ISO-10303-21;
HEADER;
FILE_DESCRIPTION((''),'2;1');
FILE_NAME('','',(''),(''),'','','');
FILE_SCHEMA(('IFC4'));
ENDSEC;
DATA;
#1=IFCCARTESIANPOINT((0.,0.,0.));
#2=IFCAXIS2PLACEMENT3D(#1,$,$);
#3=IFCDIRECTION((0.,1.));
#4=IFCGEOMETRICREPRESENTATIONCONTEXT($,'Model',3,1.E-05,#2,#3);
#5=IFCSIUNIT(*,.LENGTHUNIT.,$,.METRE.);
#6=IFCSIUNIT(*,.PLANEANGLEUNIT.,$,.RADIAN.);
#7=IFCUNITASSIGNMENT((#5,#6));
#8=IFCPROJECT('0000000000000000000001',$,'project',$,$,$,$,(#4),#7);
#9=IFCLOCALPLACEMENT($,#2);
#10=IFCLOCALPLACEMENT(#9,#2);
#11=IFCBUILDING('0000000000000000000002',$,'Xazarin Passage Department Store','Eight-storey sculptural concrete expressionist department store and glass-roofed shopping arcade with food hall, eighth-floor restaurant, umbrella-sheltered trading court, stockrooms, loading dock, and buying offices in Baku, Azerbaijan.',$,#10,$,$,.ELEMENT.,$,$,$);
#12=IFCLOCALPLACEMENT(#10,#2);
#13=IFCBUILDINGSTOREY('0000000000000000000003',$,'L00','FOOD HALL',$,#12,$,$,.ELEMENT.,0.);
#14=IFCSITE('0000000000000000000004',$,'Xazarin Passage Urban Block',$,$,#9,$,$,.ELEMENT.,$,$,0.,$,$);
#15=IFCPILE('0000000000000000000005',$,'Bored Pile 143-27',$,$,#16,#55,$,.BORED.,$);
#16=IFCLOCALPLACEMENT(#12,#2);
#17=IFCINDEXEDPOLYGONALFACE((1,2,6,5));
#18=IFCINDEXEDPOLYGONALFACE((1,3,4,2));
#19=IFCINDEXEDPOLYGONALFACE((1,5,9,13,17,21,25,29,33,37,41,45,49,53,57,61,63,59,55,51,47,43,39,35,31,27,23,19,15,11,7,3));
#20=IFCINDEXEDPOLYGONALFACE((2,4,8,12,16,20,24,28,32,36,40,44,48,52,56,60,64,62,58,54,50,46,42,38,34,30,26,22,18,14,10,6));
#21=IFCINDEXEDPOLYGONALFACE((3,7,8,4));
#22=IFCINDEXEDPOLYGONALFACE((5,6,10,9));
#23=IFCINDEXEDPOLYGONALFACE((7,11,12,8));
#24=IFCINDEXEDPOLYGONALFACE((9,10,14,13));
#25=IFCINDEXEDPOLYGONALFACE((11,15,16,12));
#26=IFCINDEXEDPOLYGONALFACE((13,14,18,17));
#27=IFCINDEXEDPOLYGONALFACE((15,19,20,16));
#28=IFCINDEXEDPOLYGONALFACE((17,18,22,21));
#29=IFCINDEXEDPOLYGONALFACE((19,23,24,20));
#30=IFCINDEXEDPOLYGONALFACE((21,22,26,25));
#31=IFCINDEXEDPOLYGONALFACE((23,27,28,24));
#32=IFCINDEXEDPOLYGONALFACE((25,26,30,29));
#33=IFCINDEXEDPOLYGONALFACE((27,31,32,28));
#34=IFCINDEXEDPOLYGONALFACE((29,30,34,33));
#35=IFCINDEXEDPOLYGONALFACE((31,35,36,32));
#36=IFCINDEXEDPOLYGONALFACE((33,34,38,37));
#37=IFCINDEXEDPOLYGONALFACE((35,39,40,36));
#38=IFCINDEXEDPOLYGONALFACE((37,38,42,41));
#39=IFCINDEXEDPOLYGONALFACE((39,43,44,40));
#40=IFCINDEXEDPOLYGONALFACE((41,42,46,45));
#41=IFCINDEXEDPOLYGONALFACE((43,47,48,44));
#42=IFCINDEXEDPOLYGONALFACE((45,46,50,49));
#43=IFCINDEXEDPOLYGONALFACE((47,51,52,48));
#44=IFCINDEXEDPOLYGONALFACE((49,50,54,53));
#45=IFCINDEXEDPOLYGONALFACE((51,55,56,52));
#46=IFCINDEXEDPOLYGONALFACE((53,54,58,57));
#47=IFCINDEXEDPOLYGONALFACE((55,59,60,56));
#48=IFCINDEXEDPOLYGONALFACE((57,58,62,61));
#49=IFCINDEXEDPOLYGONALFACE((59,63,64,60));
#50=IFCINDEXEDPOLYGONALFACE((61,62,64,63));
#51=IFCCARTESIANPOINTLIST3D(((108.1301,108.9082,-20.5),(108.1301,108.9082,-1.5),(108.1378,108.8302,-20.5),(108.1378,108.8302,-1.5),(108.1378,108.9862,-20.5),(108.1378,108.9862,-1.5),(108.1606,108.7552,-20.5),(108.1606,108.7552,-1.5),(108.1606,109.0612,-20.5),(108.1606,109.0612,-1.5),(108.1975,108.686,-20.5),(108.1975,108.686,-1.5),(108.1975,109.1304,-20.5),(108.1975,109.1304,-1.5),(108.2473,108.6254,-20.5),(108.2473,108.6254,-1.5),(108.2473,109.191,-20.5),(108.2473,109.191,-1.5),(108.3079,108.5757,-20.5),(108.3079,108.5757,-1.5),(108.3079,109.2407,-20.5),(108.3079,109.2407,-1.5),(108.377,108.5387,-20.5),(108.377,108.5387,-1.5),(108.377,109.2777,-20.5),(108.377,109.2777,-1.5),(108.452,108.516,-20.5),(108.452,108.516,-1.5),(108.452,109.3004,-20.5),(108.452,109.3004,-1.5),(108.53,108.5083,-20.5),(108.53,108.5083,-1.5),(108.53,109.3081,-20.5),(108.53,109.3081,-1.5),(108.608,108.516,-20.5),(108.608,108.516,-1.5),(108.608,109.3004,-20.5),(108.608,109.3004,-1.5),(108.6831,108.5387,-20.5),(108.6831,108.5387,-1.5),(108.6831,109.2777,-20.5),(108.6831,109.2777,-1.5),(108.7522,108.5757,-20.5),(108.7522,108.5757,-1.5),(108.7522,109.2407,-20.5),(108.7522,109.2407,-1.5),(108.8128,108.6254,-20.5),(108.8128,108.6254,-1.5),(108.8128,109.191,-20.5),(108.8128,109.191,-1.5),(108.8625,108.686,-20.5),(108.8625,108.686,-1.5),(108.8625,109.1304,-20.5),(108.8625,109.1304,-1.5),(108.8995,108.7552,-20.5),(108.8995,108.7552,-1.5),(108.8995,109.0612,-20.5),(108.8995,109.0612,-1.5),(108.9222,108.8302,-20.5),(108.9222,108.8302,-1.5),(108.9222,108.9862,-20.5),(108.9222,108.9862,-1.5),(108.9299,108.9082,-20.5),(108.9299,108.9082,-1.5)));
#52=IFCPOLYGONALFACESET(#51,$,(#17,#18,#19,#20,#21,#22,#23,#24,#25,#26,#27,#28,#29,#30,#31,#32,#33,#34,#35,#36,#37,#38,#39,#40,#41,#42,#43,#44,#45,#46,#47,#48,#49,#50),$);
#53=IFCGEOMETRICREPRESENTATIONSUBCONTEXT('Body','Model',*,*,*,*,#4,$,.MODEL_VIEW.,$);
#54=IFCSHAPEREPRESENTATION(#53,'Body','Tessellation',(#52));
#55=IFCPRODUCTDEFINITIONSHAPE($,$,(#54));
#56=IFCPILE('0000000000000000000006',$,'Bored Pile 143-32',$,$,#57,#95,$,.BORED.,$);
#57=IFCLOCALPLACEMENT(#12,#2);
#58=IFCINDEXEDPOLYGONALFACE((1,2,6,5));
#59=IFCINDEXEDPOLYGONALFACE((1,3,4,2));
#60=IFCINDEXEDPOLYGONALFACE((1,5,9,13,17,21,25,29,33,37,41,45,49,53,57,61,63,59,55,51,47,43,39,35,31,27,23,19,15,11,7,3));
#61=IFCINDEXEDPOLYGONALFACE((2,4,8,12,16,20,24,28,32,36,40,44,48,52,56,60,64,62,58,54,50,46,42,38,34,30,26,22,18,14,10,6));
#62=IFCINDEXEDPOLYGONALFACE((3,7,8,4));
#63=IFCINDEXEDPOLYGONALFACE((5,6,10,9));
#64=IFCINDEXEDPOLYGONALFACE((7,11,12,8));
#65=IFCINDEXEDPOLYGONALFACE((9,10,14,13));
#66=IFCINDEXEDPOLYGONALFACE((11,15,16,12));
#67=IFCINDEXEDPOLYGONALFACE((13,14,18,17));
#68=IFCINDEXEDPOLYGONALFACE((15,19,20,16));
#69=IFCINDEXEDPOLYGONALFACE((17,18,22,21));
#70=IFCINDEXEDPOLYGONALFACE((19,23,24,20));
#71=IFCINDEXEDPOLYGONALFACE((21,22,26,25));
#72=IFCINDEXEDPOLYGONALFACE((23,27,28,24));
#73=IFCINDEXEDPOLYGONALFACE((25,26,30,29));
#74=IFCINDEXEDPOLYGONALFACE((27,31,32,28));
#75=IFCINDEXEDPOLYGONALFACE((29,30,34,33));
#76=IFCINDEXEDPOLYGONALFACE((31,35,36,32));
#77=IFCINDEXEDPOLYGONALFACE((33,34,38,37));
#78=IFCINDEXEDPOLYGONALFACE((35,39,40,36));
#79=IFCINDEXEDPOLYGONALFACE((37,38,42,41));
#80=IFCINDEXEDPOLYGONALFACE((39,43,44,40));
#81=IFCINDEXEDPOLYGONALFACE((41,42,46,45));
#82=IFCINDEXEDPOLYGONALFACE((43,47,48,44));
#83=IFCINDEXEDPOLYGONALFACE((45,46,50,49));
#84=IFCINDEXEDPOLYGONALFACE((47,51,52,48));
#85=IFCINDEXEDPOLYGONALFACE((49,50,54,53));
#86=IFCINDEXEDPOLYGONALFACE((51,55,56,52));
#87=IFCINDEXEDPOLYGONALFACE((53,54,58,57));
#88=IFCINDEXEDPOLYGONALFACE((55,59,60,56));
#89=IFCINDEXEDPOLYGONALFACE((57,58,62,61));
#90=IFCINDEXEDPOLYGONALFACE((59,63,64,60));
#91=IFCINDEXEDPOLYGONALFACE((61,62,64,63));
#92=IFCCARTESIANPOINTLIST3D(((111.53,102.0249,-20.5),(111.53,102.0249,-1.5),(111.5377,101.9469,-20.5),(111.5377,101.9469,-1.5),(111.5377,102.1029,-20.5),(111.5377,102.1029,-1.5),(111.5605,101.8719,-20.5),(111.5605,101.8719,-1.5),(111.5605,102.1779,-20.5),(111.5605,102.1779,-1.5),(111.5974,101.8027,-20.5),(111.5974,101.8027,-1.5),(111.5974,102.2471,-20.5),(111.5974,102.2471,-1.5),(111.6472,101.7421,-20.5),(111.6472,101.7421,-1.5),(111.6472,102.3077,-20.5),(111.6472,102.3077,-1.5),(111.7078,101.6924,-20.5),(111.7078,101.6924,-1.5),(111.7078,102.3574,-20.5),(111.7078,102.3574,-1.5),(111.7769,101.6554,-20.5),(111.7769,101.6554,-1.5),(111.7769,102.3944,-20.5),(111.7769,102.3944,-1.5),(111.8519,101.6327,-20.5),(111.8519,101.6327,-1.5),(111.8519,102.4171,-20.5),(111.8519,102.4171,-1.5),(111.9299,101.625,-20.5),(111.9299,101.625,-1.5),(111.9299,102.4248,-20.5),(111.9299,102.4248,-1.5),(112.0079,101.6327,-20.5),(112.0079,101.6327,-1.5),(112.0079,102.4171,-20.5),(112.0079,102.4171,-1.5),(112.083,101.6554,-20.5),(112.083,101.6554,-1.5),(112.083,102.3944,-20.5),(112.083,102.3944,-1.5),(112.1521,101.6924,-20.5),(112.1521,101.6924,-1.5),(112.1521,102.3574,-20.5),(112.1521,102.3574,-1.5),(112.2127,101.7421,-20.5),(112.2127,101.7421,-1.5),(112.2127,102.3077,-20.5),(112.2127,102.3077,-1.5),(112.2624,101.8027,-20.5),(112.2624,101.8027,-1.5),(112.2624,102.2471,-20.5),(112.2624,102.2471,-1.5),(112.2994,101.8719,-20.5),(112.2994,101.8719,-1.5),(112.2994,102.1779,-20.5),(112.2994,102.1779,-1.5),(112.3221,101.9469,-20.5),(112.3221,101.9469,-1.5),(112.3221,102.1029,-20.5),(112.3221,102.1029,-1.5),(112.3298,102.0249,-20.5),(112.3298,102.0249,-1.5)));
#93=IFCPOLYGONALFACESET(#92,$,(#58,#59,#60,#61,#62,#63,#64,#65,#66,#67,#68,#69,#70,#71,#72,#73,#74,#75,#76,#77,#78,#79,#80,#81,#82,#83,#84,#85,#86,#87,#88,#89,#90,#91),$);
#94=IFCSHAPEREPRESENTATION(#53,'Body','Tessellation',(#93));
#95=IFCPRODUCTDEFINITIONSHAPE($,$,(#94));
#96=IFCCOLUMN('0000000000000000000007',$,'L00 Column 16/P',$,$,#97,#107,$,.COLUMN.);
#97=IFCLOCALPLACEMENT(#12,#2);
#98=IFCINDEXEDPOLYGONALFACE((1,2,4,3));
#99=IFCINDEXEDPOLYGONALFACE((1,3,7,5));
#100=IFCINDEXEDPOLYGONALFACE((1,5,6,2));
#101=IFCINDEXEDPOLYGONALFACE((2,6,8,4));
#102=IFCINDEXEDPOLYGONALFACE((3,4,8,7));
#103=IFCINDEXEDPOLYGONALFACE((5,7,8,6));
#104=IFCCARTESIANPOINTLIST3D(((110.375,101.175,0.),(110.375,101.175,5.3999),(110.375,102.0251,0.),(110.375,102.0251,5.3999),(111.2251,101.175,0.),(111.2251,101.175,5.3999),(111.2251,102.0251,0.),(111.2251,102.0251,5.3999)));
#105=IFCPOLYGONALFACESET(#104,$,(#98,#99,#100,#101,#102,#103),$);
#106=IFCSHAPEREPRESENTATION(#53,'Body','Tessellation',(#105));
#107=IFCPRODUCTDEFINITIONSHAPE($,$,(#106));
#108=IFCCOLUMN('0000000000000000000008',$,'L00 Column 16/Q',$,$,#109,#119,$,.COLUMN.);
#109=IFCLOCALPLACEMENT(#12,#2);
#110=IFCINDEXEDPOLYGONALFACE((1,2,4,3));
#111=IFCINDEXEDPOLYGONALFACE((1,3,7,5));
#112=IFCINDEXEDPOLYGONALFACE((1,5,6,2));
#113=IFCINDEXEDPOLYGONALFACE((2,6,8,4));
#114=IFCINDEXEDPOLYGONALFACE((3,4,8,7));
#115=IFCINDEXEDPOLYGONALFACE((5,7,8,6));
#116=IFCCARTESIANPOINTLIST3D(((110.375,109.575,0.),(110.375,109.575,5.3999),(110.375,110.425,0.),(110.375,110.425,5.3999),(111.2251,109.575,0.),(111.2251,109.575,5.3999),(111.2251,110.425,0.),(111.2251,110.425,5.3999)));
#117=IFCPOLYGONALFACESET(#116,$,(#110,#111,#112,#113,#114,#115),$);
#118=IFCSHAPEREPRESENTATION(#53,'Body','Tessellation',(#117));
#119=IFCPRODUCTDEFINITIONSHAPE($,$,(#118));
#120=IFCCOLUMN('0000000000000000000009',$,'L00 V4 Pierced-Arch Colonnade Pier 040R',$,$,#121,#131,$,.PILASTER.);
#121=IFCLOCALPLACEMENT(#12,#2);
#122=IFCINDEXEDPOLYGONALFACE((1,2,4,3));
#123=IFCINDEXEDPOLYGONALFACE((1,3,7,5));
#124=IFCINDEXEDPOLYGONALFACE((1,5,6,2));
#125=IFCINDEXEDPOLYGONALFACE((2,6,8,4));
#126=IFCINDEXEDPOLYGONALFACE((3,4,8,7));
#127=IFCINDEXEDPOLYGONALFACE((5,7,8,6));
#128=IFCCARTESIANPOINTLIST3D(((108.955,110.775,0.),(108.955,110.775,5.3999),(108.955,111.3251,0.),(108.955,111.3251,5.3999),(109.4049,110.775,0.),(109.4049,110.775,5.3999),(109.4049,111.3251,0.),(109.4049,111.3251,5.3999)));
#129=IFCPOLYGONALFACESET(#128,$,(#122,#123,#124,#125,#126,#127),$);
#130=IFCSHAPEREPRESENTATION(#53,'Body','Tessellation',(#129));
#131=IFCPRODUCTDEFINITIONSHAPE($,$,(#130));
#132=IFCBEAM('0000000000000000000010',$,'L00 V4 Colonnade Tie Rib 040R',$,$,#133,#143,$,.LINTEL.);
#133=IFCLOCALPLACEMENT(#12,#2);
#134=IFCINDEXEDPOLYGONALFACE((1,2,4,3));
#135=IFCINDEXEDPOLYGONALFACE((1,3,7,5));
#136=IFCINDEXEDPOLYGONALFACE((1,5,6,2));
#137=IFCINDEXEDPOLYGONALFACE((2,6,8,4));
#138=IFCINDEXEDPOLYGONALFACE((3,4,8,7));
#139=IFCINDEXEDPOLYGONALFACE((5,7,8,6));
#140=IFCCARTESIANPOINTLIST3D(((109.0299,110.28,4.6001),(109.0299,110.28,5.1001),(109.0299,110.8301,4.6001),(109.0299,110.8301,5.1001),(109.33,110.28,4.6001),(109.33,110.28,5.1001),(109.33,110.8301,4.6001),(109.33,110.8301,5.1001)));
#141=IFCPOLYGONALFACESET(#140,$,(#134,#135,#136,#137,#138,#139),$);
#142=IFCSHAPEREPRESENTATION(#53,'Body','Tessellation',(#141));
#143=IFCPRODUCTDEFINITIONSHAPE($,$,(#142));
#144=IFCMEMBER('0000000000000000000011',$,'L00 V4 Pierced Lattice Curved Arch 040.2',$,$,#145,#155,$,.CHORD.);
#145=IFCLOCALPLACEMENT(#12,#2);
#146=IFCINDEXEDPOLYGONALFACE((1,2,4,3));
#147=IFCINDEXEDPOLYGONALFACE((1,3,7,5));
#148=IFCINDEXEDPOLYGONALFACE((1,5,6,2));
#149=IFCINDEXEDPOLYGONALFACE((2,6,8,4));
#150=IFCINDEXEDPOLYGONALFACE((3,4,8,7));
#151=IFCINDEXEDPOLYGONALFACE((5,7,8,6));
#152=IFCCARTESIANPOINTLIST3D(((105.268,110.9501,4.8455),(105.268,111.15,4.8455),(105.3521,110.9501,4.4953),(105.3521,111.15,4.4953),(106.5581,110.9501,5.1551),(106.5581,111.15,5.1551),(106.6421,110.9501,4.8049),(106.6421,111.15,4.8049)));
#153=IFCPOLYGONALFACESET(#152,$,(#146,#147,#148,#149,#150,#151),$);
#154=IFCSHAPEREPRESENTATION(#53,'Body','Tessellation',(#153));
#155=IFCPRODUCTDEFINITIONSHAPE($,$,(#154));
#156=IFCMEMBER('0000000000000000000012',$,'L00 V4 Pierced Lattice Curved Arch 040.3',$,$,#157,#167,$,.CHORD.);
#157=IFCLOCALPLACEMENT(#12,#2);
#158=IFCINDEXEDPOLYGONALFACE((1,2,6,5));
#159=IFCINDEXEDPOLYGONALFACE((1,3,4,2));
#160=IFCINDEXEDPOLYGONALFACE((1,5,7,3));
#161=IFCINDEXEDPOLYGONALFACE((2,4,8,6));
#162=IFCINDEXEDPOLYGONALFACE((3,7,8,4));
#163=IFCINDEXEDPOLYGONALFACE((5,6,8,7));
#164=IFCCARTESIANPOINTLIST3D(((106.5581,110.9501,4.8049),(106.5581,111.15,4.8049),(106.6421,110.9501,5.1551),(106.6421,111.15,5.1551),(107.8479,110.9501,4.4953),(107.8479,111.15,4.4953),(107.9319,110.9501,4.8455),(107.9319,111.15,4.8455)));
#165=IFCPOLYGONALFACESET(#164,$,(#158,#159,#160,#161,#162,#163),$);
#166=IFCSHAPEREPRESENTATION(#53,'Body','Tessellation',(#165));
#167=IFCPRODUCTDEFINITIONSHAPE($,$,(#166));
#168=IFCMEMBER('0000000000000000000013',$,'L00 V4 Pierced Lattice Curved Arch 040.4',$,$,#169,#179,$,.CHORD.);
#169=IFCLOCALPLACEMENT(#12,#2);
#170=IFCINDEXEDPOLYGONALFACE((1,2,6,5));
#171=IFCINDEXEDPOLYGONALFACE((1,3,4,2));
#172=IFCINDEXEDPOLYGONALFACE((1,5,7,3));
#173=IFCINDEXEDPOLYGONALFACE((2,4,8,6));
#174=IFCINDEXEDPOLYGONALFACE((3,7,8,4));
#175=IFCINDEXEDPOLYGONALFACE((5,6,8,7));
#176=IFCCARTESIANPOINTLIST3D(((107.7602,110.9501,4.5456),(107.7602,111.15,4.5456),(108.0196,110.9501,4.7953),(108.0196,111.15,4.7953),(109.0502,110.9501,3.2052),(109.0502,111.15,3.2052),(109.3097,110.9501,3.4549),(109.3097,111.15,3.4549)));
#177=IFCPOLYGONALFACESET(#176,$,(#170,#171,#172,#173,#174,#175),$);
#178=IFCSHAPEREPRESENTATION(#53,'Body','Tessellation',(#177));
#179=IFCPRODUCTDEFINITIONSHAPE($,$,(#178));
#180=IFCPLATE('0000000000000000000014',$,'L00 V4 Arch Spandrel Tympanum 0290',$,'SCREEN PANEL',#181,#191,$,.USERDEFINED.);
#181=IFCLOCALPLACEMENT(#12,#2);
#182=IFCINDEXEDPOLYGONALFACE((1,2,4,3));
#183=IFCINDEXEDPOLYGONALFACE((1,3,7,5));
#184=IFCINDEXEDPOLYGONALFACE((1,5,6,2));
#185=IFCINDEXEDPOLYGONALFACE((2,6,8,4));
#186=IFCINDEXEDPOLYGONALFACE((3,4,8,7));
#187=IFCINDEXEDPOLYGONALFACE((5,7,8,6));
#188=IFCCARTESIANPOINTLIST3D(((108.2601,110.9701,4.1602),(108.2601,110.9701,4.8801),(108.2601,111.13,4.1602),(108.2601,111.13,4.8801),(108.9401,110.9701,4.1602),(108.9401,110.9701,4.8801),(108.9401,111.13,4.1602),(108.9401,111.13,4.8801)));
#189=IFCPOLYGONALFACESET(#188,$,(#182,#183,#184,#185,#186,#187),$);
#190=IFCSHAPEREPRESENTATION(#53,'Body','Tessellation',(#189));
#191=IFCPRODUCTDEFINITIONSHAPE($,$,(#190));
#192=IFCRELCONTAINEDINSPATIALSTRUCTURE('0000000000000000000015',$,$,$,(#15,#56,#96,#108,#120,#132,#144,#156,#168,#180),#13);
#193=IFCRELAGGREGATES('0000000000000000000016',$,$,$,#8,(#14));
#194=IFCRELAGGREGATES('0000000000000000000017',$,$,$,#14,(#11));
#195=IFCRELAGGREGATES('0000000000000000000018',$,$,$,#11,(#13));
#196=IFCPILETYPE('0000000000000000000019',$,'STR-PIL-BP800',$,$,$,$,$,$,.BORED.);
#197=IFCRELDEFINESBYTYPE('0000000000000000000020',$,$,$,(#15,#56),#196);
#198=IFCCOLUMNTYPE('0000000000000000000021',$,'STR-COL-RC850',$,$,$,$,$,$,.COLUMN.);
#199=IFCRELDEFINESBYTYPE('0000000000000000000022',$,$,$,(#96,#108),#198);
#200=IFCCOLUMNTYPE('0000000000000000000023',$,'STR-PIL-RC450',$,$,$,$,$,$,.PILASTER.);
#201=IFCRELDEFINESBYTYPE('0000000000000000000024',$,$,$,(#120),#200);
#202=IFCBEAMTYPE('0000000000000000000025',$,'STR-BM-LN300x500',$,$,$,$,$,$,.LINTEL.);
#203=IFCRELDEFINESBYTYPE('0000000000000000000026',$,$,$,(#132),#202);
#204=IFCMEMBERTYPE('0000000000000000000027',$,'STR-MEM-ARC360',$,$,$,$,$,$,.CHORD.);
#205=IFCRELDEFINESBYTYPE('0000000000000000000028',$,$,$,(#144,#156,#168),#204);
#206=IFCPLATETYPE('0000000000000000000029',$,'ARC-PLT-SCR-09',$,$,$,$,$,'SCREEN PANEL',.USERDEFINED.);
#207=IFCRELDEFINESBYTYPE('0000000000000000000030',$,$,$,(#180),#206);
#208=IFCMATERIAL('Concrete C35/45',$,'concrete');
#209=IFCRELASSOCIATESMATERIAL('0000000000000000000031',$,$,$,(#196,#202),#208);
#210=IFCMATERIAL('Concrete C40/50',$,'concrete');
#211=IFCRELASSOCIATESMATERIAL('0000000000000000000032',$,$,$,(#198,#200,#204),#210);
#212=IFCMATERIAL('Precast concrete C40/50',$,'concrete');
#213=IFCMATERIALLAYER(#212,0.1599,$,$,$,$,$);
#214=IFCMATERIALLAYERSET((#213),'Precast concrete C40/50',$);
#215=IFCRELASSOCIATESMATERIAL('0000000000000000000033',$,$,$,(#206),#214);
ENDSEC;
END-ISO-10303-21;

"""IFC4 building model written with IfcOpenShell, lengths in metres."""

from ifc_helpers import new_model, si_unit, direction, frame, origin, origin_2d, place, context, subcontext, project, spatial, rectangle, circle, extrude, material, layer, layer_set, material_profile, profile_set, type_object, element, save


model = new_model("IFC4")

# Units and contexts
model_context = context("Model", 3, precision=1e-05, world=origin(), true_north=direction((0.0, 1.0)))
body_context = subcontext(model_context, "Body", "Model", "MODEL_VIEW")
ifc_project = project(units=[si_unit("LENGTHUNIT", "METRE"), si_unit("PLANEANGLEUNIT", "RADIAN")], contexts=[model_context])

# Site, building, storey
site_placement = place(None, origin())
site = spatial("IfcSite", under=ifc_project, at=site_placement, Name="Xazarin Passage Urban Block", CompositionType="ELEMENT", RefElevation=0.0)
building_placement = place(site_placement, origin())
building = spatial("IfcBuilding", under=site, at=building_placement, Name="Xazarin Passage Department Store", Description="Eight-storey sculptural concrete expressionist department store and glass-roofed shopping arcade with food hall, eighth-floor restaurant, umbrella-sheltered trading court, stockrooms, loading dock, and buying offices in Baku, Azerbaijan.", CompositionType="ELEMENT")
storey_placement = place(building_placement, origin())
storey = spatial("IfcBuildingStorey", under=building, at=storey_placement, Name="L00", Description="FOOD HALL", CompositionType="ELEMENT", Elevation=0.0)

# Shared definitions
ifc_material_1 = material(Name="Concrete C35/45", Category="concrete")

# Piles
ifc_material_profile_1 = material_profile(ifc_material_1, circle(Radius=0.3999, at=origin_2d()), Name="BP 800")
ifc_profile_set_1 = profile_set([ifc_material_profile_1], Name="Concrete C35/45")
pile_type_1 = type_object("IfcPileType", Name="STR-PIL-BP800", PredefinedType="BORED", material=ifc_profile_set_1)
for number, where, z_axis, x_axis, name in (
    (1, (108.53, 108.9082, -1.5), (0.0, 0.0, -1.0), (1.0, 0.0, 0.0), "Bored Pile 143-27"),
    (2, (111.9299, 102.0249, -1.5), (0.0, 0.0, -1.0), (1.0, 0.0, 0.0), "Bored Pile 143-32"),
):
    element("IfcPile", number, at=place(storey_placement, frame(where, z_axis=z_axis, x_axis=x_axis)), inside=storey, type_object=pile_type_1, Name=name, PredefinedType="BORED", context=body_context, shape_type="SweptSolid", body=[
        extrude(circle(Radius=0.3999, at=origin_2d()), origin(), (0.0, 0.0, 1.0), 19.0),
    ])

# Columns
ifc_material_2 = material(Name="Concrete C40/50", Category="concrete")
ifc_material_profile_2 = material_profile(ifc_material_2, rectangle(XDim=0.8501, YDim=0.8501, at=origin_2d()), Name="RC 850x850")
ifc_profile_set_2 = profile_set([ifc_material_profile_2], Name="Concrete C40/50")
column_type_1 = type_object("IfcColumnType", Name="STR-COL-RC850", PredefinedType="COLUMN", material=ifc_profile_set_2)
for number, where, z_axis, x_axis, name in (
    (3, (110.8, 101.6001, 0.0), (0.0, 0.0, 1.0), (1.0, 0.0, 0.0), "L00 Column 16/P"),
    (4, (110.8, 110.0, 0.0), (0.0, 0.0, 1.0), (1.0, 0.0, 0.0), "L00 Column 16/Q"),
):
    element("IfcColumn", number, at=place(storey_placement, frame(where, z_axis=z_axis, x_axis=x_axis)), inside=storey, type_object=column_type_1, Name=name, PredefinedType="COLUMN", context=body_context, shape_type="SweptSolid", body=[
        extrude(rectangle(XDim=0.8501, YDim=0.8501, at=origin_2d()), origin(), (0.0, 0.0, 1.0), 5.3999),
    ])
ifc_material_profile_3 = material_profile(ifc_material_2, rectangle(XDim=0.45, YDim=0.55, at=origin_2d()), Name="RC 450x550")
ifc_profile_set_3 = profile_set([ifc_material_profile_3], Name="Concrete C40/50")
column_type_2 = type_object("IfcColumnType", Name="STR-PIL-RC450", PredefinedType="PILASTER", material=ifc_profile_set_3)
column_placement = place(storey_placement, frame((109.1799, 111.05, 0.0), z_axis=(0.0, 0.0, 1.0), x_axis=(1.0, 0.0, 0.0)))
element("IfcColumn", 5, at=column_placement, inside=storey, type_object=column_type_2, Name="L00 V4 Pierced-Arch Colonnade Pier 040R", PredefinedType="PILASTER", context=body_context, shape_type="SweptSolid", body=[
    extrude(rectangle(XDim=0.45, YDim=0.55, at=origin_2d()), origin(), (0.0, 0.0, 1.0), 5.3999),
])

# Beam
ifc_material_profile_4 = material_profile(ifc_material_1, rectangle(XDim=0.3, YDim=0.5, at=origin_2d()), Name="RC 300x500")
ifc_profile_set_4 = profile_set([ifc_material_profile_4], Name="Concrete C35/45")
beam_type = type_object("IfcBeamType", Name="STR-BM-LN300x500", PredefinedType="LINTEL", material=ifc_profile_set_4)
beam_placement = place(storey_placement, frame((109.1799, 110.28, 4.8501), z_axis=(0.0, 1.0, 0.0), x_axis=(-1.0, 0.0, 0.0)))
element("IfcBeam", 6, at=beam_placement, inside=storey, type_object=beam_type, Name="L00 V4 Colonnade Tie Rib 040R", PredefinedType="LINTEL", context=body_context, shape_type="SweptSolid", body=[
    extrude(rectangle(XDim=0.3, YDim=0.5, at=origin_2d()), origin(), (0.0, 0.0, 1.0), 0.55),
])

# Members
ifc_material_profile_5 = material_profile(ifc_material_2, rectangle(XDim=0.2, YDim=0.3601, at=origin_2d()), Name="RC 200x360")
ifc_profile_set_5 = profile_set([ifc_material_profile_5], Name="Concrete C40/50")
member_type = type_object("IfcMemberType", Name="STR-MEM-ARC360", PredefinedType="CHORD", material=ifc_profile_set_5)
member_1_placement = place(storey_placement, frame((105.3101, 111.05, 4.6704), z_axis=(0.972394, 0.0, 0.233345), x_axis=(0.0, 1.0, 0.0)))
element("IfcMember", 7, at=member_1_placement, inside=storey, type_object=member_type, Name="L00 V4 Pierced Lattice Curved Arch 040.2", PredefinedType="CHORD", context=body_context, shape_type="SweptSolid", body=[
    extrude(rectangle(XDim=0.2, YDim=0.3601, at=origin_2d()), origin(), (0.0, 0.0, 1.0), 1.3267),
])
member_2_placement = place(storey_placement, frame((106.6001, 111.05, 4.98), z_axis=(0.972384, 0.0, -0.233387), x_axis=(0.0, 1.0, 0.0)))
element("IfcMember", 8, at=member_2_placement, inside=storey, type_object=member_type, Name="L00 V4 Pierced Lattice Curved Arch 040.3", PredefinedType="CHORD", context=body_context, shape_type="SweptSolid", body=[
    extrude(rectangle(XDim=0.2, YDim=0.3601, at=origin_2d()), origin(), (0.0, 0.0, 1.0), 1.3264),
])
member_3_placement = place(storey_placement, frame((107.8899, 111.05, 4.6704), z_axis=(0.69346, 0.0, -0.720495), x_axis=(0.0, 1.0, 0.0)))
element("IfcMember", 9, at=member_3_placement, inside=storey, type_object=member_type, Name="L00 V4 Pierced Lattice Curved Arch 040.4", PredefinedType="CHORD", context=body_context, shape_type="SweptSolid", body=[
    extrude(rectangle(XDim=0.2, YDim=0.3601, at=origin_2d()), origin(), (0.0, 0.0, 1.0), 1.8604),
])

# Plate
ifc_material_3 = material(Name="Precast concrete C40/50", Category="concrete")
ifc_layer_1 = layer(ifc_material_3, 0.1599)
ifc_layer_set_1 = layer_set([ifc_layer_1], Name="Precast concrete C40/50")
plate_type = type_object("IfcPlateType", Name="ARC-PLT-SCR-09", ElementType="SCREEN PANEL", PredefinedType="USERDEFINED", material=ifc_layer_set_1)
plate_placement = place(storey_placement, frame((108.6001, 111.05, 4.1602), z_axis=(0.0, 0.0, 1.0), x_axis=(1.0, 0.0, 0.0)))
element("IfcPlate", 10, at=plate_placement, inside=storey, type_object=plate_type, Name="L00 V4 Arch Spandrel Tympanum 0290", ObjectType="SCREEN PANEL", PredefinedType="USERDEFINED", context=body_context, shape_type="SweptSolid", body=[
    extrude(rectangle(XDim=0.6799, YDim=0.1599, at=origin_2d()), origin(), (0.0, 0.0, 1.0), 0.72),
])

save(model, "model.ifc")
